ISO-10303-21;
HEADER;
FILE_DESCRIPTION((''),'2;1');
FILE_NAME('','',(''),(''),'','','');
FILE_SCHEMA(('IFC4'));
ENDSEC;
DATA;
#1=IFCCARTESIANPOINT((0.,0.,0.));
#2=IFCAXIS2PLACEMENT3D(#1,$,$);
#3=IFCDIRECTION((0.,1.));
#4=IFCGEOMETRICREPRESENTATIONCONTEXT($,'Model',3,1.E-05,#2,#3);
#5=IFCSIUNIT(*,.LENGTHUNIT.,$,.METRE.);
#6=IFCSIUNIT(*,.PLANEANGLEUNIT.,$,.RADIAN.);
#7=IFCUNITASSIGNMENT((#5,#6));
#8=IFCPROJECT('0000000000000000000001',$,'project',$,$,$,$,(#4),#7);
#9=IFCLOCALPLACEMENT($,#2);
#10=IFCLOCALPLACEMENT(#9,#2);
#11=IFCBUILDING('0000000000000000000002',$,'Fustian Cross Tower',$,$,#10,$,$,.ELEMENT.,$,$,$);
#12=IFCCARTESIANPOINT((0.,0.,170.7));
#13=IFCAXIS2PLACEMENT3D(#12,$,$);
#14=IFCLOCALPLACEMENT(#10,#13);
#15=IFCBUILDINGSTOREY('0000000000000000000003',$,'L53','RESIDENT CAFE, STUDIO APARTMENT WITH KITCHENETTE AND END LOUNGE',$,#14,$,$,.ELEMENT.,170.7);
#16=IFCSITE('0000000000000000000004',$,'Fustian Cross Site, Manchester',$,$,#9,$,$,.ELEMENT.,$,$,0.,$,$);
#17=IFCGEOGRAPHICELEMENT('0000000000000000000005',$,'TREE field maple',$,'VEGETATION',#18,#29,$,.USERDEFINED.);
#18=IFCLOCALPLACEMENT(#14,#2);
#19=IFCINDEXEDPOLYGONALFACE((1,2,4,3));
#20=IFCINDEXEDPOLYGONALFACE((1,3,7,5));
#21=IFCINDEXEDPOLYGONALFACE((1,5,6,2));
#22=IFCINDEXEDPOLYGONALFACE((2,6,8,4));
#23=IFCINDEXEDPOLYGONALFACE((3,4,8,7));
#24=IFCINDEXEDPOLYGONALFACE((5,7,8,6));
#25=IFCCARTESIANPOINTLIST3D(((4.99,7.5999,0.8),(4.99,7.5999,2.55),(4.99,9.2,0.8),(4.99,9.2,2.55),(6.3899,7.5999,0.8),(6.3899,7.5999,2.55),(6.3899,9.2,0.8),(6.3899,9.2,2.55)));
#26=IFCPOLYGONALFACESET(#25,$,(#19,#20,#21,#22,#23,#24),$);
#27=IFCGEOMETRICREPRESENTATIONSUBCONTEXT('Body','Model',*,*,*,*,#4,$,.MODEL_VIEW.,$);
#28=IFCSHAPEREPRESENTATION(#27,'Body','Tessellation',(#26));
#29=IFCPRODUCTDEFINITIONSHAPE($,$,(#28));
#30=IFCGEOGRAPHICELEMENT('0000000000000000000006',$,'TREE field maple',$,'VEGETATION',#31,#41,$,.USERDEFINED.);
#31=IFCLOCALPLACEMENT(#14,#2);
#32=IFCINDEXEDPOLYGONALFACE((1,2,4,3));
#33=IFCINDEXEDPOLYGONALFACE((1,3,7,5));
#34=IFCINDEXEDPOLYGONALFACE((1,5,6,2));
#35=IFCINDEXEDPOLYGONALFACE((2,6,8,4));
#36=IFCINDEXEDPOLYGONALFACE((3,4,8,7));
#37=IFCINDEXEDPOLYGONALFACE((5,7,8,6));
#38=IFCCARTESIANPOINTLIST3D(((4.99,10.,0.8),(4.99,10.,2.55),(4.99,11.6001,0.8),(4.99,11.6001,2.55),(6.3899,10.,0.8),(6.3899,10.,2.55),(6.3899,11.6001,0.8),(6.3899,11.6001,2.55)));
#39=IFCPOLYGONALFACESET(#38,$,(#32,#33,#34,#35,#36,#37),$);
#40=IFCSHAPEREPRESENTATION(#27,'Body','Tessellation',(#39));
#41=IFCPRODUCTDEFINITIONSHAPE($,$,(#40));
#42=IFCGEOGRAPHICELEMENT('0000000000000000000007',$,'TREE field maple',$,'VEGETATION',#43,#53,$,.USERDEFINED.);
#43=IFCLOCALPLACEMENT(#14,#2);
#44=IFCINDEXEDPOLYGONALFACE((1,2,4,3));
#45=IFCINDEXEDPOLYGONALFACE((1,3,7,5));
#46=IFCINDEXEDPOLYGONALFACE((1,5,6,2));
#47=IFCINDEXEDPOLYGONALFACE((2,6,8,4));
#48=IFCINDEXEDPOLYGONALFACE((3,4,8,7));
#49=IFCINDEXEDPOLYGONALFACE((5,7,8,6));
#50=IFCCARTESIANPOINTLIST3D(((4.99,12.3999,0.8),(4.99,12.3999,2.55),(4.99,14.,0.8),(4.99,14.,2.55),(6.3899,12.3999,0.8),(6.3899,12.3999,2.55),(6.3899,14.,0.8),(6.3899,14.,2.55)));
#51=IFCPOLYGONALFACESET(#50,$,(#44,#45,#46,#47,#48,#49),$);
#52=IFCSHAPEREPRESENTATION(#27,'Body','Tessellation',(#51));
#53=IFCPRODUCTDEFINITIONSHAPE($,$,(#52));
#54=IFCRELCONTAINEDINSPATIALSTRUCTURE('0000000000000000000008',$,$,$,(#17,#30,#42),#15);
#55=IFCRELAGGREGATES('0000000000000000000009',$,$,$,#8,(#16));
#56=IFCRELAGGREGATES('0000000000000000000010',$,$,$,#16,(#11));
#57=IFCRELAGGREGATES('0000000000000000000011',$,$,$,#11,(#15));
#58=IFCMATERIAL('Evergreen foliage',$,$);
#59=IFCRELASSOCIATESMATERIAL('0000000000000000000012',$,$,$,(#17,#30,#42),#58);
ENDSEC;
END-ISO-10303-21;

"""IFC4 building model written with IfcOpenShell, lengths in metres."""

from ifc_helpers import new_model, si_unit, direction, frame, origin, origin_2d, place, context, subcontext, project, spatial, rectangle, extrude, material, element, save


model = new_model("IFC4")

# Units and contexts
model_context = context("Model", 3, precision=1e-05, world=origin(), true_north=direction((0.0, 1.0)))
body_context = subcontext(model_context, "Body", "Model", "MODEL_VIEW")
ifc_project = project(units=[si_unit("LENGTHUNIT", "METRE"), si_unit("PLANEANGLEUNIT", "RADIAN")], contexts=[model_context])

# Site, building, storey
site_placement = place(None, origin())
site = spatial("IfcSite", under=ifc_project, at=site_placement, Name="Fustian Cross Site, Manchester", CompositionType="ELEMENT", RefElevation=0.0)
building_placement = place(site_placement, origin())
building = spatial("IfcBuilding", under=site, at=building_placement, Name="Fustian Cross Tower", CompositionType="ELEMENT")
storey_placement = place(building_placement, frame((0.0, 0.0, 170.7)))
storey = spatial("IfcBuildingStorey", under=building, at=storey_placement, Name="L53", Description="RESIDENT CAFE, STUDIO APARTMENT WITH KITCHENETTE AND END LOUNGE", CompositionType="ELEMENT", Elevation=170.7)

# Geographic elements
ifc_material_1 = material(Name="Evergreen foliage")
for number, where, z_axis, x_axis, name in (
    (1, (5.6899, 8.3999, 0.8), (0.0, 0.0, 1.0), (1.0, 0.0, 0.0), "TREE field maple"),
    (2, (5.6899, 10.8, 0.8), (0.0, 0.0, 1.0), (1.0, 0.0, 0.0), "TREE field maple"),
    (3, (5.6899, 13.2, 0.8), (0.0, 0.0, 1.0), (1.0, 0.0, 0.0), "TREE field maple"),
):
    element("IfcGeographicElement", number, at=place(storey_placement, frame(where, z_axis=z_axis, x_axis=x_axis)), inside=storey, material=ifc_material_1, Name=name, ObjectType="VEGETATION", PredefinedType="USERDEFINED", context=body_context, shape_type="SweptSolid", body=[
        extrude(rectangle(XDim=1.3999, YDim=1.6001, at=origin_2d()), origin(), (0.0, 0.0, 1.0), 1.75),
    ])

save(model, "model.ifc")
